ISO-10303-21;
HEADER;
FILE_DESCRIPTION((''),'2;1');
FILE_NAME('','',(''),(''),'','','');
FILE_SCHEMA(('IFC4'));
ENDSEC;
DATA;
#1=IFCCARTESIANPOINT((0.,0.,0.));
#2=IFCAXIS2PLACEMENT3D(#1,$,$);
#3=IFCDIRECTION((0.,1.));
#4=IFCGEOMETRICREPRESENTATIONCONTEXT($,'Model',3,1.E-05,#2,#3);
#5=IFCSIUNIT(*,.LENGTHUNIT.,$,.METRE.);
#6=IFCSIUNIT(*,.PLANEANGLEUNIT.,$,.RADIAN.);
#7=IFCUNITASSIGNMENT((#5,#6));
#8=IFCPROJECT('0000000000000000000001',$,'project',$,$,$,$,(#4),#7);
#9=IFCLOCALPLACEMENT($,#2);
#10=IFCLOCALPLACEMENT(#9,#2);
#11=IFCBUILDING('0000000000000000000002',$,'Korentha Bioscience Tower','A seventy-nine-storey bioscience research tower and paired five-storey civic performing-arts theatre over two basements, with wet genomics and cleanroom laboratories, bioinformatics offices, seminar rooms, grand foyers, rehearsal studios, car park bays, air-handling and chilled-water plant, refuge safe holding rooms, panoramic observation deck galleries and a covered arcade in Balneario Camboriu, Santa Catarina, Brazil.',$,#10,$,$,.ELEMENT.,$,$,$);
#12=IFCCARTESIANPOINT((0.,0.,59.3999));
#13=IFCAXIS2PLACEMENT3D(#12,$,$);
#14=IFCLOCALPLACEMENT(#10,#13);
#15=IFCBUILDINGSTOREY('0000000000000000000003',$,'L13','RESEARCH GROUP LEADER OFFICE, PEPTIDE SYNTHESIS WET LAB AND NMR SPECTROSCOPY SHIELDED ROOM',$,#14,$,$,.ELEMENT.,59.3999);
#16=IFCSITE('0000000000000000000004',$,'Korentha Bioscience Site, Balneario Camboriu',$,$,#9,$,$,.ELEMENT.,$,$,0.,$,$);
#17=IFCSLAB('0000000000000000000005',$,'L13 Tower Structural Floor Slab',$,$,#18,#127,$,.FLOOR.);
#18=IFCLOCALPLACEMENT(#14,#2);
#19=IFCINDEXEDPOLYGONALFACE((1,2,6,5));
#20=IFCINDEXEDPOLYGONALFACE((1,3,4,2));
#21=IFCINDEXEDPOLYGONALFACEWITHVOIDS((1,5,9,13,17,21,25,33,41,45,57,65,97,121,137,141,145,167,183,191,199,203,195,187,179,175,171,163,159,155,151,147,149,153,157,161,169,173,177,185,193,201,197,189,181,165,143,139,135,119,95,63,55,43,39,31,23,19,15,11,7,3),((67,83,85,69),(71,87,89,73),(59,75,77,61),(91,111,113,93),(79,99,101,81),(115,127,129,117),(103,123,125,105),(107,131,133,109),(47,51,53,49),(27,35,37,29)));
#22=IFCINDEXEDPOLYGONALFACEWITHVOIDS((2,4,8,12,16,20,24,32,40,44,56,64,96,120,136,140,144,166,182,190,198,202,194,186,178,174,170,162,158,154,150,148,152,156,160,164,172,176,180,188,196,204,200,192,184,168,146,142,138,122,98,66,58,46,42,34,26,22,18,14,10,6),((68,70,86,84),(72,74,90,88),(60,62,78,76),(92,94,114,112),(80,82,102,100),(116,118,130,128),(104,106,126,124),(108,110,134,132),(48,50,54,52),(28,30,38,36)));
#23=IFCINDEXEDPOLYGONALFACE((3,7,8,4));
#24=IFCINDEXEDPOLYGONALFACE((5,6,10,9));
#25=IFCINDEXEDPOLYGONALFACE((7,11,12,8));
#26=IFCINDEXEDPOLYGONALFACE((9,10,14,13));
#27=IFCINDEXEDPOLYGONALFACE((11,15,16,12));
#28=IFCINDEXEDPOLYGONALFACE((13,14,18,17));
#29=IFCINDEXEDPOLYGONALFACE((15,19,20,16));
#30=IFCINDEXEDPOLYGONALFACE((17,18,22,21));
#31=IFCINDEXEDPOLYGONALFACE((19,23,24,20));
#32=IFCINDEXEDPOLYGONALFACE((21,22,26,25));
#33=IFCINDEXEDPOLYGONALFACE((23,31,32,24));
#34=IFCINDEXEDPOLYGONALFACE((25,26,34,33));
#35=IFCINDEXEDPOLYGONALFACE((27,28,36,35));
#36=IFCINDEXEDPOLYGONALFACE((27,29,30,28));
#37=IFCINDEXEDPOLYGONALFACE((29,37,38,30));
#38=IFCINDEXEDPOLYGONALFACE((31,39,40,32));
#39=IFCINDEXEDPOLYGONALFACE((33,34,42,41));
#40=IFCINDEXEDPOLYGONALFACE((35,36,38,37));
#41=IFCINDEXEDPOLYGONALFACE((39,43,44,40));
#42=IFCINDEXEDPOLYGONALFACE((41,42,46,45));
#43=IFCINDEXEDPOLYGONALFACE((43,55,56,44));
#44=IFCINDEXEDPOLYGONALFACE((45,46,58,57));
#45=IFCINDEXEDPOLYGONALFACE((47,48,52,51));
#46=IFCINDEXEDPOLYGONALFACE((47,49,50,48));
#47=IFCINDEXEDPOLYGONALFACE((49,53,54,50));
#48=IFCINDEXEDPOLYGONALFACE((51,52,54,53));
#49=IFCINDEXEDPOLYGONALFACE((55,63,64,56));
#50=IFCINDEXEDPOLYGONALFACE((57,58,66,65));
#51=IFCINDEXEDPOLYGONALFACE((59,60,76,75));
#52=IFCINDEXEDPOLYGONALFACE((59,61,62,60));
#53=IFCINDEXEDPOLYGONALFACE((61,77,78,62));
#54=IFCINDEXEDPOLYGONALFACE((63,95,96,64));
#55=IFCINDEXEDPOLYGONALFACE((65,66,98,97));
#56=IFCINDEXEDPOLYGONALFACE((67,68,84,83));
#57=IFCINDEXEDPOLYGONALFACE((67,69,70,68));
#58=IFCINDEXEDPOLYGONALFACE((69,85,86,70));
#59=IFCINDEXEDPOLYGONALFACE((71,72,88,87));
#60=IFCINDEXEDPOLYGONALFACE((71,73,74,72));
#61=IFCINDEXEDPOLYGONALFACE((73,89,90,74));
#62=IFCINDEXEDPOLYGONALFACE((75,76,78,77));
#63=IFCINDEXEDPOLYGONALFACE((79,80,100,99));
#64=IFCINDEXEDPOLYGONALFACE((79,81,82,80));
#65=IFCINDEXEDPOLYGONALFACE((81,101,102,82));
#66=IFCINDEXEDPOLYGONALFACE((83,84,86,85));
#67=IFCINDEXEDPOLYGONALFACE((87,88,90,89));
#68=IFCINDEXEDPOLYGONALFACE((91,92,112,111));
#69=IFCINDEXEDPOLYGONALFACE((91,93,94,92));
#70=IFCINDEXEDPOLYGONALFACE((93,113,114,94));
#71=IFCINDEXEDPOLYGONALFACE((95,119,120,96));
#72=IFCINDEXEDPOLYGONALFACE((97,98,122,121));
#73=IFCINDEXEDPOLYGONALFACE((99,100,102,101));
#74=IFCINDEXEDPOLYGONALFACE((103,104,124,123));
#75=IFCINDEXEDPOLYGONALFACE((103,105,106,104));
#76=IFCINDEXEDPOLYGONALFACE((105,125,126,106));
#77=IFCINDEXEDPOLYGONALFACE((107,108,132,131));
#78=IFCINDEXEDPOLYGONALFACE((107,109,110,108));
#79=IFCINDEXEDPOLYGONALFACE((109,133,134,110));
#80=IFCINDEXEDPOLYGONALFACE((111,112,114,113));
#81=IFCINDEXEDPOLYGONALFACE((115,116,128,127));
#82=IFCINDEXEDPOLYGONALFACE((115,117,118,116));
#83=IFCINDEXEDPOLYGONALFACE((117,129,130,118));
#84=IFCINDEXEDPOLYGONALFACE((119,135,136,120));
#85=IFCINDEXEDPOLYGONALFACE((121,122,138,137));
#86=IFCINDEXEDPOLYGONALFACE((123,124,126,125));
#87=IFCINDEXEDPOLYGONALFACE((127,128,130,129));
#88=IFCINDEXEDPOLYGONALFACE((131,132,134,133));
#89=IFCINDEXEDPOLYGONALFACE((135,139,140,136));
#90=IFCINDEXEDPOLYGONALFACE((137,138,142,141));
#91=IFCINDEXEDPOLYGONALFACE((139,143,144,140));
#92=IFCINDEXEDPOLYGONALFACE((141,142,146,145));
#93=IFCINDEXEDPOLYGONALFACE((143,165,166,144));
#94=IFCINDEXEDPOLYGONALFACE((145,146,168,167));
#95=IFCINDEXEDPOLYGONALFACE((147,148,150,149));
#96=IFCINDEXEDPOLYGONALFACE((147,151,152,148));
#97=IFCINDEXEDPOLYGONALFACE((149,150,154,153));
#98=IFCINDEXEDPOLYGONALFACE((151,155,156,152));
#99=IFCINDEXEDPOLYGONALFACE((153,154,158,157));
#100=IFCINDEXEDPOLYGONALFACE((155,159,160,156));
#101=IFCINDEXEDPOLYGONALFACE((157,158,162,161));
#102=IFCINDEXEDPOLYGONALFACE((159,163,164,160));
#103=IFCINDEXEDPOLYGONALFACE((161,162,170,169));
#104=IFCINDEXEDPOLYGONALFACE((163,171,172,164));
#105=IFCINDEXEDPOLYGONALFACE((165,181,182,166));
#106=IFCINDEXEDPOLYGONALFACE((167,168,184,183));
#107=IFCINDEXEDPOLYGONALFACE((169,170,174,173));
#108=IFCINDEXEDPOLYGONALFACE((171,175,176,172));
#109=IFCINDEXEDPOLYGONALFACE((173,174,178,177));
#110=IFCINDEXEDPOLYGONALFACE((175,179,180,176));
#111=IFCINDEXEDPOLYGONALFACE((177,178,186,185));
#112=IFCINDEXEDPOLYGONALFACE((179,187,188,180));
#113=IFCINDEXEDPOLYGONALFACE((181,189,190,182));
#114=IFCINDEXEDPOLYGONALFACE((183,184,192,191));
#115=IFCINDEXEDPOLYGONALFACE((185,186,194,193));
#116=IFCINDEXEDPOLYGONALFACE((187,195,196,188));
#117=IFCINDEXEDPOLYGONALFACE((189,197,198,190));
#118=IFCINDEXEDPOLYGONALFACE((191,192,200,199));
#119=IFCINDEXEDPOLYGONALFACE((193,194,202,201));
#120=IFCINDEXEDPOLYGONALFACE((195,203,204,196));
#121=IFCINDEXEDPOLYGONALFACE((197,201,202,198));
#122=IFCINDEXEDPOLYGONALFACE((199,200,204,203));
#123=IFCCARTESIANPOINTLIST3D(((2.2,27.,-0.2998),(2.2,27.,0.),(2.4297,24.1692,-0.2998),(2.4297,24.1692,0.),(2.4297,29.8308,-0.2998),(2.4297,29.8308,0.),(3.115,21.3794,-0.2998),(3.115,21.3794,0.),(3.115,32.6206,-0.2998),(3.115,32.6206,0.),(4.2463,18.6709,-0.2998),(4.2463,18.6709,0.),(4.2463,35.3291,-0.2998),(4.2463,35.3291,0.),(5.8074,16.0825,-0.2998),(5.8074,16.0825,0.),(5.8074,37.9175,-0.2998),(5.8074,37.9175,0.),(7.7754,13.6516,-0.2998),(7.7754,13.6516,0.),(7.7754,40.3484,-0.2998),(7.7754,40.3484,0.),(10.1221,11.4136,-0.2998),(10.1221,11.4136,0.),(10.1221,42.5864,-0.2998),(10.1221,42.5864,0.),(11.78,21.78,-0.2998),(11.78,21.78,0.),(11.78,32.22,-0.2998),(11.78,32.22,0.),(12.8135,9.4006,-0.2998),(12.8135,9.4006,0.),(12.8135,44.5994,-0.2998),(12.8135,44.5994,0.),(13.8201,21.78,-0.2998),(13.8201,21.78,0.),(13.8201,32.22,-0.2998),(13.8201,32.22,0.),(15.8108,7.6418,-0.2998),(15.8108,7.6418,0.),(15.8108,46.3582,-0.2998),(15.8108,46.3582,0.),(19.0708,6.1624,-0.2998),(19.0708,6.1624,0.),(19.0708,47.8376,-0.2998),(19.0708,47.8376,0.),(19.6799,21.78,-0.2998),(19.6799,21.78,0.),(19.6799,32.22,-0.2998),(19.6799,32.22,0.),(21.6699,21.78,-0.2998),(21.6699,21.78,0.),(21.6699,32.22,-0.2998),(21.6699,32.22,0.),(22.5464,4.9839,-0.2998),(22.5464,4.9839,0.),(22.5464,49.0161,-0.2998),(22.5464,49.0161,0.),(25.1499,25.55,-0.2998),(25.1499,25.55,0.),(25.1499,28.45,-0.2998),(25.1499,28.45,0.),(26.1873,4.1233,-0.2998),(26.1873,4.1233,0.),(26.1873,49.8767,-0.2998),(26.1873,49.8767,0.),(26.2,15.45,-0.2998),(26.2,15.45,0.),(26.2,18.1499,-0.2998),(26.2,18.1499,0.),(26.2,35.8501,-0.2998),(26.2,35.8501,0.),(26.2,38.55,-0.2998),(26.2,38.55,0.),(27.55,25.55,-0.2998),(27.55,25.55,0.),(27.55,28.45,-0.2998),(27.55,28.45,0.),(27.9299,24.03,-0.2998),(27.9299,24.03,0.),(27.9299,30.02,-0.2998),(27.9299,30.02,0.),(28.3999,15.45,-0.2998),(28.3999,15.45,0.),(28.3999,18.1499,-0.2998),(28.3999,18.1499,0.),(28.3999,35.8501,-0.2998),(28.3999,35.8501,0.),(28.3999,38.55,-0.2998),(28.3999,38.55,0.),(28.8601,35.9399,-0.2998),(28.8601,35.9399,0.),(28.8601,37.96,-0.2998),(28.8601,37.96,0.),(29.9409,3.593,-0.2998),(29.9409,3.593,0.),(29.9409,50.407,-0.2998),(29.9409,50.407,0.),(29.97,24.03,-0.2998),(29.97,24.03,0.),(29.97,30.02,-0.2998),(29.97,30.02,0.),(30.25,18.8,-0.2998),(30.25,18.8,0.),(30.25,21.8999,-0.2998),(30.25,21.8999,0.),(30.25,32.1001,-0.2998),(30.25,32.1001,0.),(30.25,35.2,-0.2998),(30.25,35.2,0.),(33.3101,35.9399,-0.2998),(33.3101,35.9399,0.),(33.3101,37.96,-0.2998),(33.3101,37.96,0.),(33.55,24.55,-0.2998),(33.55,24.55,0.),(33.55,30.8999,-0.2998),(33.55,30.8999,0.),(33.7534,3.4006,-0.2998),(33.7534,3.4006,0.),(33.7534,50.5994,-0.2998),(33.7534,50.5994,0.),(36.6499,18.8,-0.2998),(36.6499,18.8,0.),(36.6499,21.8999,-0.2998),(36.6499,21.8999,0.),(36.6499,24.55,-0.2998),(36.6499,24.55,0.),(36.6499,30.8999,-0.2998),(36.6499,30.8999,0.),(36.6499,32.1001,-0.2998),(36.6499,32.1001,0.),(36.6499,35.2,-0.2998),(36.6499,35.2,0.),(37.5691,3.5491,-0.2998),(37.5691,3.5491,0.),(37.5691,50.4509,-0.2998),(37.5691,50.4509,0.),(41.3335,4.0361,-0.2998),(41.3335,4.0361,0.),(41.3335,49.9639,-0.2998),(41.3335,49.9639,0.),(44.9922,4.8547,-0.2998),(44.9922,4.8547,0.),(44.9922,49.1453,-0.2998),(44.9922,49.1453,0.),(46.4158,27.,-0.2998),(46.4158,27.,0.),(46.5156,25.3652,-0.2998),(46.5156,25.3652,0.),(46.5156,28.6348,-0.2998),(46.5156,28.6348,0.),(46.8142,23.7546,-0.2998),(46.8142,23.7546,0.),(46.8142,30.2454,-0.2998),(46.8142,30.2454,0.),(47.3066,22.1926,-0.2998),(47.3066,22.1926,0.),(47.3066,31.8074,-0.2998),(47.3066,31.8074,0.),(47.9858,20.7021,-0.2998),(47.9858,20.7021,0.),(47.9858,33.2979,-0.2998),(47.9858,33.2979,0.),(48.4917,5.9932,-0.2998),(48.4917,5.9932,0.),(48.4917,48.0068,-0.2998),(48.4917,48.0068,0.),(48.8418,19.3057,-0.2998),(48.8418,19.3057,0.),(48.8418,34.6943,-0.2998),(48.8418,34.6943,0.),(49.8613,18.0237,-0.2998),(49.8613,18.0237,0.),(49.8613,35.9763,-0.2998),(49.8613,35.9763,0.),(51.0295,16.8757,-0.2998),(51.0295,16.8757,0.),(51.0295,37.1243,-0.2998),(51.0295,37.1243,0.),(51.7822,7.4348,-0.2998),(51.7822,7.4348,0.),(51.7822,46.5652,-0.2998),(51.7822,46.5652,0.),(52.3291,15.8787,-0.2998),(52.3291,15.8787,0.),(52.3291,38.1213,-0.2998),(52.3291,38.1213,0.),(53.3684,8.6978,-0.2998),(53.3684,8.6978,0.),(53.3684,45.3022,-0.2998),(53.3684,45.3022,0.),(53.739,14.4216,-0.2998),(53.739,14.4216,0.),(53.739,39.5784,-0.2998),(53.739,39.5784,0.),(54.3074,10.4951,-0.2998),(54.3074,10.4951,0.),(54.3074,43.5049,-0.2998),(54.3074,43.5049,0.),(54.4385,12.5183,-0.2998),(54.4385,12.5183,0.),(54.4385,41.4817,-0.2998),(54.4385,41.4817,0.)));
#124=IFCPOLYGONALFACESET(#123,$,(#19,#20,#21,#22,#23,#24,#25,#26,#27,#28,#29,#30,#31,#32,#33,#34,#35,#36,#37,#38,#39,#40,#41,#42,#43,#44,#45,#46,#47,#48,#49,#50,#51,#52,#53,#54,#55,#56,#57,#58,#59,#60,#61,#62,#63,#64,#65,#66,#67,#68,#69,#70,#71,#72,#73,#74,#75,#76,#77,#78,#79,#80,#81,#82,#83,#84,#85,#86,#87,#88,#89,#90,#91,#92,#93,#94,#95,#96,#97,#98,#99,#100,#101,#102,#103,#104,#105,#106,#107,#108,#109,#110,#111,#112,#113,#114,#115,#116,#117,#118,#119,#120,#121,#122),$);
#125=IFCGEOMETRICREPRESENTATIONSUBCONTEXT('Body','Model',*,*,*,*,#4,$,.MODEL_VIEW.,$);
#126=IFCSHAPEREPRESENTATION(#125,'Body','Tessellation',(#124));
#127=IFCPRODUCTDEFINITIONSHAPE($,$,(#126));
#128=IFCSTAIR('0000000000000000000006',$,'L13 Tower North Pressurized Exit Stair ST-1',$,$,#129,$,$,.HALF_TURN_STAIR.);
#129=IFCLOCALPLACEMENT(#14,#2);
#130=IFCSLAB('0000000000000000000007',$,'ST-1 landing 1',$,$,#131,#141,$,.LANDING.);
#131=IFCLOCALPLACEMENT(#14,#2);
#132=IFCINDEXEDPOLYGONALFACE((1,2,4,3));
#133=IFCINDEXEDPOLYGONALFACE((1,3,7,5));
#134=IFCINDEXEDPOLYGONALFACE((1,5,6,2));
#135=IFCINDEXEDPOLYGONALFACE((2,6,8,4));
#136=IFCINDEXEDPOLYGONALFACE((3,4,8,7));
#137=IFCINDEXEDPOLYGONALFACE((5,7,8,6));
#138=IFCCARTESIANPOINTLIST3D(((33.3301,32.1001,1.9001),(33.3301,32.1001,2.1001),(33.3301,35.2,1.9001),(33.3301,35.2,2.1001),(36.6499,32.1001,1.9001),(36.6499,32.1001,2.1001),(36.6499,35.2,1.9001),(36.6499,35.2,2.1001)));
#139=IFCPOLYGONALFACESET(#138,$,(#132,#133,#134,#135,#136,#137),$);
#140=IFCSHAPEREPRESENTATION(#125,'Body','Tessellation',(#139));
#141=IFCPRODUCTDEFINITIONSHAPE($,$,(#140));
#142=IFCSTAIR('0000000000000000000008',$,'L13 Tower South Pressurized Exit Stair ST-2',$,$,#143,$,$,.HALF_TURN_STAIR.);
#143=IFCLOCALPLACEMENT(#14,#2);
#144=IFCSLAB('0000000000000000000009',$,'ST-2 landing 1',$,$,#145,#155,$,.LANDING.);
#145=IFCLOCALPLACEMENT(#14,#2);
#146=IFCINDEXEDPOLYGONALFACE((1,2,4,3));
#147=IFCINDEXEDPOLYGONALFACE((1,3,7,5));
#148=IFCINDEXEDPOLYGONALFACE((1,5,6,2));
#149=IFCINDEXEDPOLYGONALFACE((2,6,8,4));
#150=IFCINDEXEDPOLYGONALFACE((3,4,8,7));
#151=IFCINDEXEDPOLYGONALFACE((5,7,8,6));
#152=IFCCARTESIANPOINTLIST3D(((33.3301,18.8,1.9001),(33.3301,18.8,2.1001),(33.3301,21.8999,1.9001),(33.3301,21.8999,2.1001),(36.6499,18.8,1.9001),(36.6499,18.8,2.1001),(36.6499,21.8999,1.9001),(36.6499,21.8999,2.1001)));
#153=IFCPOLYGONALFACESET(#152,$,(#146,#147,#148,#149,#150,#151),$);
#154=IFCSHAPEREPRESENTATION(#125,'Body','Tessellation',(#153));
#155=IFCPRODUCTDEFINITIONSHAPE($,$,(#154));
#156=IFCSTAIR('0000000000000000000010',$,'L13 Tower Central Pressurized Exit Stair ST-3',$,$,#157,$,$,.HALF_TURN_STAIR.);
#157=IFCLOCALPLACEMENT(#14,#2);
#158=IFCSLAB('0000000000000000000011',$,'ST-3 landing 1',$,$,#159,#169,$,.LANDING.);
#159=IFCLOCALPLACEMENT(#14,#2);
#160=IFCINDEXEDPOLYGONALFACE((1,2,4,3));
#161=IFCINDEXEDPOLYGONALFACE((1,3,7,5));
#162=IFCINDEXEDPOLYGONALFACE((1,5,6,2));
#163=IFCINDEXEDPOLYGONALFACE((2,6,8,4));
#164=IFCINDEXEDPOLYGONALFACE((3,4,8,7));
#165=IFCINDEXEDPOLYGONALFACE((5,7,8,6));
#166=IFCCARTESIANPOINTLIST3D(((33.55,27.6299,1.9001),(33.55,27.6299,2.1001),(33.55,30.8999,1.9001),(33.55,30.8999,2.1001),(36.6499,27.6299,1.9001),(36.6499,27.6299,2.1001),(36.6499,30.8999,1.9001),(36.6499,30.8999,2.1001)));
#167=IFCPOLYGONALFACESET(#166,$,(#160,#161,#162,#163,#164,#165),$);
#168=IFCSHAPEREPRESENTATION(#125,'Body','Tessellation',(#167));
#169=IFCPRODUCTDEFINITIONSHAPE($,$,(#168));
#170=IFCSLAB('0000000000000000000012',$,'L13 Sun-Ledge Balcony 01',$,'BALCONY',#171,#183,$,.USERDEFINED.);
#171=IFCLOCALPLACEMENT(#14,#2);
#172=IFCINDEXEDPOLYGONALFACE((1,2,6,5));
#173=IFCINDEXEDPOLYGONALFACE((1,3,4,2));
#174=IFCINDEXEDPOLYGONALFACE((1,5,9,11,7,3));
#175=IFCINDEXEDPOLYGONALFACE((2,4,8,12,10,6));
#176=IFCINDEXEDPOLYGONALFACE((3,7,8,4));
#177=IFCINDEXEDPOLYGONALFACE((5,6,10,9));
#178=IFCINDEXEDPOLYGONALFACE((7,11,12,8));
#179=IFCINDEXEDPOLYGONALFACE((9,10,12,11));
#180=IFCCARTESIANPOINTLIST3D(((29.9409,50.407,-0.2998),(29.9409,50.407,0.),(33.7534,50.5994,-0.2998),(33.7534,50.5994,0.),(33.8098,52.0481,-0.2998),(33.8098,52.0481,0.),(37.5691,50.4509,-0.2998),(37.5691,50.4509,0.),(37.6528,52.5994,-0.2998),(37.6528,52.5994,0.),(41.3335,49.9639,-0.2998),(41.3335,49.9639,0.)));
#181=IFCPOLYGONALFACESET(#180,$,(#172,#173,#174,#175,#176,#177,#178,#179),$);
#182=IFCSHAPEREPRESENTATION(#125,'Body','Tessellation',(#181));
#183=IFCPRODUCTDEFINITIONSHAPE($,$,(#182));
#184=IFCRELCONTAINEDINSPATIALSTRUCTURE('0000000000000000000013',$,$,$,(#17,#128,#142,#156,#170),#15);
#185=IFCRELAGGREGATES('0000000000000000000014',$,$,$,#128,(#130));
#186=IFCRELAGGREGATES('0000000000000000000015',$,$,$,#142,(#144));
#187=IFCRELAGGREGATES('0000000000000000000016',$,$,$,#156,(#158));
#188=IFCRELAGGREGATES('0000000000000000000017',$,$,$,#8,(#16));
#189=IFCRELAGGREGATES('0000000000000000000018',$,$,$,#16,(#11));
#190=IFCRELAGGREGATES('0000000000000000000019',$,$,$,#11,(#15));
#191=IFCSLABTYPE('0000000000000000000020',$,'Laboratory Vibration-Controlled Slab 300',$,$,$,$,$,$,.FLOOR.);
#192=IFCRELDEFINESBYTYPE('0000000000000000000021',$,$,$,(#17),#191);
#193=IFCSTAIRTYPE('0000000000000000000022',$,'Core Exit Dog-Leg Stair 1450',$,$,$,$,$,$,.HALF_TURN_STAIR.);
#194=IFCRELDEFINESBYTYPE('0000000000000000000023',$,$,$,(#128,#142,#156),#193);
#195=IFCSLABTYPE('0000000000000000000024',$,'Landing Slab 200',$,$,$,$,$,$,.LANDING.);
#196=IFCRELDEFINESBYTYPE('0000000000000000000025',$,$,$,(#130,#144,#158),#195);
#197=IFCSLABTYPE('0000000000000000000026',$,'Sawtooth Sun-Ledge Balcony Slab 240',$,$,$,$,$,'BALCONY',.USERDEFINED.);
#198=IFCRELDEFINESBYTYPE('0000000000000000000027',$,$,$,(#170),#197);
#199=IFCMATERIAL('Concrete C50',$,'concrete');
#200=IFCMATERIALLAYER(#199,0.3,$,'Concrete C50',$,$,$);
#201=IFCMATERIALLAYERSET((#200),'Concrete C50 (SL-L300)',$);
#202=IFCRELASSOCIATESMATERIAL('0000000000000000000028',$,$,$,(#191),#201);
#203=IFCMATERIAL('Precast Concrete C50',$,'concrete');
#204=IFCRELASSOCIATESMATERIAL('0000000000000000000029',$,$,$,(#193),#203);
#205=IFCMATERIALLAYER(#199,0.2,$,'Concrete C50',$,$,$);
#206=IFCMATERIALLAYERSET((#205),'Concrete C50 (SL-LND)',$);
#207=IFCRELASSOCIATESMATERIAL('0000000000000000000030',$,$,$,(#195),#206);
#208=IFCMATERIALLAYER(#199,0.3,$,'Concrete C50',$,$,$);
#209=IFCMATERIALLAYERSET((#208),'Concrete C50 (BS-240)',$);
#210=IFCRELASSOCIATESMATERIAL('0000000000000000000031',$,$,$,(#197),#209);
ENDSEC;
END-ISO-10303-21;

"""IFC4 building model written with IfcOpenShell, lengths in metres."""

from ifc_helpers import new_model, si_unit, direction, frame, origin, place, context, subcontext, project, spatial, polyline, outline, extrude, material, layer, layer_set, type_object, element, aggregate, save


model = new_model("IFC4")

# Units and contexts
model_context = context("Model", 3, precision=1e-05, world=origin(), true_north=direction((0.0, 1.0)))
body_context = subcontext(model_context, "Body", "Model", "MODEL_VIEW")
ifc_project = project(units=[si_unit("LENGTHUNIT", "METRE"), si_unit("PLANEANGLEUNIT", "RADIAN")], contexts=[model_context])

# Site, building, storey
site_placement = place(None, origin())
site = spatial("IfcSite", under=ifc_project, at=site_placement, Name="Korentha Bioscience Site, Balneario Camboriu", CompositionType="ELEMENT", RefElevation=0.0)
building_placement = place(site_placement, origin())
building = spatial("IfcBuilding", under=site, at=building_placement, Name="Korentha Bioscience Tower", Description="A seventy-nine-storey bioscience research tower and paired five-storey civic performing-arts theatre over two basements, with wet genomics and cleanroom laboratories, bioinformatics offices, seminar rooms, grand foyers, rehearsal studios, car park bays, air-handling and chilled-water plant, refuge safe holding rooms, panoramic observation deck galleries and a covered arcade in Balneario Camboriu, Santa Catarina, Brazil.", CompositionType="ELEMENT")
storey_placement = place(building_placement, frame((0.0, 0.0, 59.3999)))
storey = spatial("IfcBuildingStorey", under=building, at=storey_placement, Name="L13", Description="RESEARCH GROUP LEADER OFFICE, PEPTIDE SYNTHESIS WET LAB AND NMR SPECTROSCOPY SHIELDED ROOM", CompositionType="ELEMENT", Elevation=59.3999)

# Slab
ifc_material_1 = material(Name="Concrete C50", Category="concrete")
ifc_layer_1 = layer(ifc_material_1, 0.3, Name="Concrete C50")
ifc_layer_set_1 = layer_set([ifc_layer_1], Name="Concrete C50 (SL-L300)")
slab_type_1 = type_object("IfcSlabType", Name="Laboratory Vibration-Controlled Slab 300", PredefinedType="FLOOR", material=ifc_layer_set_1)
slab_1_placement = place(storey_placement, frame((0.0, 0.0, -0.2998)))
element("IfcSlab", 1, at=slab_1_placement, inside=storey, type_object=slab_type_1, Name="L13 Tower Structural Floor Slab", PredefinedType="FLOOR", context=body_context, shape_type="SweptSolid", body=[
    extrude(outline(polyline([(51.7822, 46.5652), (48.4917, 48.0068), (44.9922, 49.1453), (41.3335, 49.9639), (37.5691, 50.4509), (33.7534, 50.5994), (29.9409, 50.407), (26.1873, 49.8767), (22.5464, 49.0161), (19.0708, 47.8376), (15.8108, 46.3582), (12.8135, 44.5994), (10.1221, 42.5864), (7.7754, 40.3484), (5.8074, 37.9175), (4.2463, 35.3291), (3.115, 32.6206), (2.4297, 29.8308), (2.2, 27.0), (2.4297, 24.1692), (3.115, 21.3794), (4.2463, 18.6709), (5.8074, 16.0825), (7.7754, 13.6516), (10.1221, 11.4136), (12.8135, 9.4006), (15.8108, 7.6418), (19.0708, 6.1624), (22.5464, 4.9839), (26.1873, 4.1233), (29.9409, 3.593), (33.7534, 3.4006), (37.5691, 3.5491), (41.3335, 4.0361), (44.9922, 4.8547), (48.4917, 5.9932), (51.7822, 7.4348), (53.3684, 8.6978), (54.3074, 10.4951), (54.4385, 12.5183), (53.739, 14.4216), (52.3291, 15.8787), (51.0295, 16.8757), (49.8613, 18.0237), (48.8418, 19.3057), (47.9858, 20.7021), (47.3066, 22.1926), (46.8142, 23.7546), (46.5156, 25.3652), (46.4158, 27.0), (46.5156, 28.6348), (46.8142, 30.2454), (47.3066, 31.8074), (47.9858, 33.2979), (48.8418, 34.6943), (49.8613, 35.9763), (51.0295, 37.1243), (52.3291, 38.1213), (53.739, 39.5784), (54.4385, 41.4817), (54.3074, 43.5049), (53.3684, 45.3022), (51.7822, 46.5652)]), holes=[polyline([(30.25, 32.1001), (36.6499, 32.1001), (36.6499, 35.2), (30.25, 35.2), (30.25, 32.1001)]), polyline([(30.25, 18.8), (36.6499, 18.8), (36.6499, 21.8999), (30.25, 21.8999), (30.25, 18.8)]), polyline([(36.6499, 24.55), (36.6499, 30.8999), (33.55, 30.8999), (33.55, 24.55), (36.6499, 24.55)]), polyline([(11.78, 21.78), (13.8201, 21.78), (13.8201, 32.22), (11.78, 32.22), (11.78, 21.78)]), polyline([(19.6799, 21.78), (21.6699, 21.78), (21.6699, 32.22), (19.6799, 32.22), (19.6799, 21.78)]), polyline([(27.9299, 24.03), (29.97, 24.03), (29.97, 30.02), (27.9299, 30.02), (27.9299, 24.03)]), polyline([(28.8601, 35.9399), (33.3101, 35.9399), (33.3101, 37.96), (28.8601, 37.96), (28.8601, 35.9399)]), polyline([(26.2, 15.45), (28.3999, 15.45), (28.3999, 18.1499), (26.2, 18.1499), (26.2, 15.45)]), polyline([(26.2, 35.8501), (28.3999, 35.8501), (28.3999, 38.55), (26.2, 38.55), (26.2, 35.8501)]), polyline([(25.1499, 25.55), (27.55, 25.55), (27.55, 28.45), (25.1499, 28.45), (25.1499, 25.55)])]), origin(), (0.0, 0.0, 1.0), 0.2998),
])

# Stairs, slabs
ifc_material_2 = material(Name="Precast Concrete C50", Category="concrete")
stair_type = type_object("IfcStairType", Name="Core Exit Dog-Leg Stair 1450", PredefinedType="HALF_TURN_STAIR", material=ifc_material_2)
stair_1_placement = place(storey_placement, origin())
stair_1 = element("IfcStair", 2, at=stair_1_placement, inside=storey, type_object=stair_type, Name="L13 Tower North Pressurized Exit Stair ST-1", PredefinedType="HALF_TURN_STAIR")
ifc_layer_2 = layer(ifc_material_1, 0.2, Name="Concrete C50")
ifc_layer_set_2 = layer_set([ifc_layer_2], Name="Concrete C50 (SL-LND)")
slab_type_2 = type_object("IfcSlabType", Name="Landing Slab 200", PredefinedType="LANDING", material=ifc_layer_set_2)
slab_2_placement = place(storey_placement, frame((0.0, 0.0, 1.9001)))
slab_2 = element("IfcSlab", 3, at=slab_2_placement, type_object=slab_type_2, Name="ST-1 landing 1", PredefinedType="LANDING", context=body_context, shape_type="SweptSolid", body=[
    extrude(outline(polyline([(33.3301, 32.1001), (36.6499, 32.1001), (36.6499, 35.2), (33.3301, 35.2), (33.3301, 32.1001)])), origin(), (0.0, 0.0, 1.0), 0.2),
])
aggregate(stair_1, [slab_2])
stair_2_placement = place(storey_placement, origin())
stair_2 = element("IfcStair", 4, at=stair_2_placement, inside=storey, type_object=stair_type, Name="L13 Tower South Pressurized Exit Stair ST-2", PredefinedType="HALF_TURN_STAIR")
slab_3_placement = place(storey_placement, frame((0.0, 0.0, 1.9001)))
slab_3 = element("IfcSlab", 5, at=slab_3_placement, type_object=slab_type_2, Name="ST-2 landing 1", PredefinedType="LANDING", context=body_context, shape_type="SweptSolid", body=[
    extrude(outline(polyline([(33.3301, 18.8), (36.6499, 18.8), (36.6499, 21.8999), (33.3301, 21.8999), (33.3301, 18.8)])), origin(), (0.0, 0.0, 1.0), 0.2),
])
aggregate(stair_2, [slab_3])
stair_3_placement = place(storey_placement, origin())
stair_3 = element("IfcStair", 6, at=stair_3_placement, inside=storey, type_object=stair_type, Name="L13 Tower Central Pressurized Exit Stair ST-3", PredefinedType="HALF_TURN_STAIR")
slab_4_placement = place(storey_placement, frame((0.0, 0.0, 1.9001)))
slab_4 = element("IfcSlab", 7, at=slab_4_placement, type_object=slab_type_2, Name="ST-3 landing 1", PredefinedType="LANDING", context=body_context, shape_type="SweptSolid", body=[
    extrude(outline(polyline([(36.6499, 27.6299), (36.6499, 30.8999), (33.55, 30.8999), (33.55, 27.6299), (36.6499, 27.6299)])), origin(), (0.0, 0.0, 1.0), 0.2),
])
aggregate(stair_3, [slab_4])

# Slab
ifc_layer_3 = layer(ifc_material_1, 0.3, Name="Concrete C50")
ifc_layer_set_3 = layer_set([ifc_layer_3], Name="Concrete C50 (BS-240)")
slab_type_3 = type_object("IfcSlabType", Name="Sawtooth Sun-Ledge Balcony Slab 240", ElementType="BALCONY", PredefinedType="USERDEFINED", material=ifc_layer_set_3)
slab_5_placement = place(storey_placement, frame((0.0, 0.0, -0.2998)))
element("IfcSlab", 8, at=slab_5_placement, inside=storey, type_object=slab_type_3, Name="L13 Sun-Ledge Balcony 01", ObjectType="BALCONY", PredefinedType="USERDEFINED", context=body_context, shape_type="SweptSolid", body=[
    extrude(outline(polyline([(29.9409, 50.407), (33.7534, 50.5994), (37.5691, 50.4509), (41.3335, 49.9639), (37.6528, 52.5994), (33.8098, 52.0481), (29.9409, 50.407)])), origin(), (0.0, 0.0, 1.0), 0.2998),
])

save(model, "model.ifc")
